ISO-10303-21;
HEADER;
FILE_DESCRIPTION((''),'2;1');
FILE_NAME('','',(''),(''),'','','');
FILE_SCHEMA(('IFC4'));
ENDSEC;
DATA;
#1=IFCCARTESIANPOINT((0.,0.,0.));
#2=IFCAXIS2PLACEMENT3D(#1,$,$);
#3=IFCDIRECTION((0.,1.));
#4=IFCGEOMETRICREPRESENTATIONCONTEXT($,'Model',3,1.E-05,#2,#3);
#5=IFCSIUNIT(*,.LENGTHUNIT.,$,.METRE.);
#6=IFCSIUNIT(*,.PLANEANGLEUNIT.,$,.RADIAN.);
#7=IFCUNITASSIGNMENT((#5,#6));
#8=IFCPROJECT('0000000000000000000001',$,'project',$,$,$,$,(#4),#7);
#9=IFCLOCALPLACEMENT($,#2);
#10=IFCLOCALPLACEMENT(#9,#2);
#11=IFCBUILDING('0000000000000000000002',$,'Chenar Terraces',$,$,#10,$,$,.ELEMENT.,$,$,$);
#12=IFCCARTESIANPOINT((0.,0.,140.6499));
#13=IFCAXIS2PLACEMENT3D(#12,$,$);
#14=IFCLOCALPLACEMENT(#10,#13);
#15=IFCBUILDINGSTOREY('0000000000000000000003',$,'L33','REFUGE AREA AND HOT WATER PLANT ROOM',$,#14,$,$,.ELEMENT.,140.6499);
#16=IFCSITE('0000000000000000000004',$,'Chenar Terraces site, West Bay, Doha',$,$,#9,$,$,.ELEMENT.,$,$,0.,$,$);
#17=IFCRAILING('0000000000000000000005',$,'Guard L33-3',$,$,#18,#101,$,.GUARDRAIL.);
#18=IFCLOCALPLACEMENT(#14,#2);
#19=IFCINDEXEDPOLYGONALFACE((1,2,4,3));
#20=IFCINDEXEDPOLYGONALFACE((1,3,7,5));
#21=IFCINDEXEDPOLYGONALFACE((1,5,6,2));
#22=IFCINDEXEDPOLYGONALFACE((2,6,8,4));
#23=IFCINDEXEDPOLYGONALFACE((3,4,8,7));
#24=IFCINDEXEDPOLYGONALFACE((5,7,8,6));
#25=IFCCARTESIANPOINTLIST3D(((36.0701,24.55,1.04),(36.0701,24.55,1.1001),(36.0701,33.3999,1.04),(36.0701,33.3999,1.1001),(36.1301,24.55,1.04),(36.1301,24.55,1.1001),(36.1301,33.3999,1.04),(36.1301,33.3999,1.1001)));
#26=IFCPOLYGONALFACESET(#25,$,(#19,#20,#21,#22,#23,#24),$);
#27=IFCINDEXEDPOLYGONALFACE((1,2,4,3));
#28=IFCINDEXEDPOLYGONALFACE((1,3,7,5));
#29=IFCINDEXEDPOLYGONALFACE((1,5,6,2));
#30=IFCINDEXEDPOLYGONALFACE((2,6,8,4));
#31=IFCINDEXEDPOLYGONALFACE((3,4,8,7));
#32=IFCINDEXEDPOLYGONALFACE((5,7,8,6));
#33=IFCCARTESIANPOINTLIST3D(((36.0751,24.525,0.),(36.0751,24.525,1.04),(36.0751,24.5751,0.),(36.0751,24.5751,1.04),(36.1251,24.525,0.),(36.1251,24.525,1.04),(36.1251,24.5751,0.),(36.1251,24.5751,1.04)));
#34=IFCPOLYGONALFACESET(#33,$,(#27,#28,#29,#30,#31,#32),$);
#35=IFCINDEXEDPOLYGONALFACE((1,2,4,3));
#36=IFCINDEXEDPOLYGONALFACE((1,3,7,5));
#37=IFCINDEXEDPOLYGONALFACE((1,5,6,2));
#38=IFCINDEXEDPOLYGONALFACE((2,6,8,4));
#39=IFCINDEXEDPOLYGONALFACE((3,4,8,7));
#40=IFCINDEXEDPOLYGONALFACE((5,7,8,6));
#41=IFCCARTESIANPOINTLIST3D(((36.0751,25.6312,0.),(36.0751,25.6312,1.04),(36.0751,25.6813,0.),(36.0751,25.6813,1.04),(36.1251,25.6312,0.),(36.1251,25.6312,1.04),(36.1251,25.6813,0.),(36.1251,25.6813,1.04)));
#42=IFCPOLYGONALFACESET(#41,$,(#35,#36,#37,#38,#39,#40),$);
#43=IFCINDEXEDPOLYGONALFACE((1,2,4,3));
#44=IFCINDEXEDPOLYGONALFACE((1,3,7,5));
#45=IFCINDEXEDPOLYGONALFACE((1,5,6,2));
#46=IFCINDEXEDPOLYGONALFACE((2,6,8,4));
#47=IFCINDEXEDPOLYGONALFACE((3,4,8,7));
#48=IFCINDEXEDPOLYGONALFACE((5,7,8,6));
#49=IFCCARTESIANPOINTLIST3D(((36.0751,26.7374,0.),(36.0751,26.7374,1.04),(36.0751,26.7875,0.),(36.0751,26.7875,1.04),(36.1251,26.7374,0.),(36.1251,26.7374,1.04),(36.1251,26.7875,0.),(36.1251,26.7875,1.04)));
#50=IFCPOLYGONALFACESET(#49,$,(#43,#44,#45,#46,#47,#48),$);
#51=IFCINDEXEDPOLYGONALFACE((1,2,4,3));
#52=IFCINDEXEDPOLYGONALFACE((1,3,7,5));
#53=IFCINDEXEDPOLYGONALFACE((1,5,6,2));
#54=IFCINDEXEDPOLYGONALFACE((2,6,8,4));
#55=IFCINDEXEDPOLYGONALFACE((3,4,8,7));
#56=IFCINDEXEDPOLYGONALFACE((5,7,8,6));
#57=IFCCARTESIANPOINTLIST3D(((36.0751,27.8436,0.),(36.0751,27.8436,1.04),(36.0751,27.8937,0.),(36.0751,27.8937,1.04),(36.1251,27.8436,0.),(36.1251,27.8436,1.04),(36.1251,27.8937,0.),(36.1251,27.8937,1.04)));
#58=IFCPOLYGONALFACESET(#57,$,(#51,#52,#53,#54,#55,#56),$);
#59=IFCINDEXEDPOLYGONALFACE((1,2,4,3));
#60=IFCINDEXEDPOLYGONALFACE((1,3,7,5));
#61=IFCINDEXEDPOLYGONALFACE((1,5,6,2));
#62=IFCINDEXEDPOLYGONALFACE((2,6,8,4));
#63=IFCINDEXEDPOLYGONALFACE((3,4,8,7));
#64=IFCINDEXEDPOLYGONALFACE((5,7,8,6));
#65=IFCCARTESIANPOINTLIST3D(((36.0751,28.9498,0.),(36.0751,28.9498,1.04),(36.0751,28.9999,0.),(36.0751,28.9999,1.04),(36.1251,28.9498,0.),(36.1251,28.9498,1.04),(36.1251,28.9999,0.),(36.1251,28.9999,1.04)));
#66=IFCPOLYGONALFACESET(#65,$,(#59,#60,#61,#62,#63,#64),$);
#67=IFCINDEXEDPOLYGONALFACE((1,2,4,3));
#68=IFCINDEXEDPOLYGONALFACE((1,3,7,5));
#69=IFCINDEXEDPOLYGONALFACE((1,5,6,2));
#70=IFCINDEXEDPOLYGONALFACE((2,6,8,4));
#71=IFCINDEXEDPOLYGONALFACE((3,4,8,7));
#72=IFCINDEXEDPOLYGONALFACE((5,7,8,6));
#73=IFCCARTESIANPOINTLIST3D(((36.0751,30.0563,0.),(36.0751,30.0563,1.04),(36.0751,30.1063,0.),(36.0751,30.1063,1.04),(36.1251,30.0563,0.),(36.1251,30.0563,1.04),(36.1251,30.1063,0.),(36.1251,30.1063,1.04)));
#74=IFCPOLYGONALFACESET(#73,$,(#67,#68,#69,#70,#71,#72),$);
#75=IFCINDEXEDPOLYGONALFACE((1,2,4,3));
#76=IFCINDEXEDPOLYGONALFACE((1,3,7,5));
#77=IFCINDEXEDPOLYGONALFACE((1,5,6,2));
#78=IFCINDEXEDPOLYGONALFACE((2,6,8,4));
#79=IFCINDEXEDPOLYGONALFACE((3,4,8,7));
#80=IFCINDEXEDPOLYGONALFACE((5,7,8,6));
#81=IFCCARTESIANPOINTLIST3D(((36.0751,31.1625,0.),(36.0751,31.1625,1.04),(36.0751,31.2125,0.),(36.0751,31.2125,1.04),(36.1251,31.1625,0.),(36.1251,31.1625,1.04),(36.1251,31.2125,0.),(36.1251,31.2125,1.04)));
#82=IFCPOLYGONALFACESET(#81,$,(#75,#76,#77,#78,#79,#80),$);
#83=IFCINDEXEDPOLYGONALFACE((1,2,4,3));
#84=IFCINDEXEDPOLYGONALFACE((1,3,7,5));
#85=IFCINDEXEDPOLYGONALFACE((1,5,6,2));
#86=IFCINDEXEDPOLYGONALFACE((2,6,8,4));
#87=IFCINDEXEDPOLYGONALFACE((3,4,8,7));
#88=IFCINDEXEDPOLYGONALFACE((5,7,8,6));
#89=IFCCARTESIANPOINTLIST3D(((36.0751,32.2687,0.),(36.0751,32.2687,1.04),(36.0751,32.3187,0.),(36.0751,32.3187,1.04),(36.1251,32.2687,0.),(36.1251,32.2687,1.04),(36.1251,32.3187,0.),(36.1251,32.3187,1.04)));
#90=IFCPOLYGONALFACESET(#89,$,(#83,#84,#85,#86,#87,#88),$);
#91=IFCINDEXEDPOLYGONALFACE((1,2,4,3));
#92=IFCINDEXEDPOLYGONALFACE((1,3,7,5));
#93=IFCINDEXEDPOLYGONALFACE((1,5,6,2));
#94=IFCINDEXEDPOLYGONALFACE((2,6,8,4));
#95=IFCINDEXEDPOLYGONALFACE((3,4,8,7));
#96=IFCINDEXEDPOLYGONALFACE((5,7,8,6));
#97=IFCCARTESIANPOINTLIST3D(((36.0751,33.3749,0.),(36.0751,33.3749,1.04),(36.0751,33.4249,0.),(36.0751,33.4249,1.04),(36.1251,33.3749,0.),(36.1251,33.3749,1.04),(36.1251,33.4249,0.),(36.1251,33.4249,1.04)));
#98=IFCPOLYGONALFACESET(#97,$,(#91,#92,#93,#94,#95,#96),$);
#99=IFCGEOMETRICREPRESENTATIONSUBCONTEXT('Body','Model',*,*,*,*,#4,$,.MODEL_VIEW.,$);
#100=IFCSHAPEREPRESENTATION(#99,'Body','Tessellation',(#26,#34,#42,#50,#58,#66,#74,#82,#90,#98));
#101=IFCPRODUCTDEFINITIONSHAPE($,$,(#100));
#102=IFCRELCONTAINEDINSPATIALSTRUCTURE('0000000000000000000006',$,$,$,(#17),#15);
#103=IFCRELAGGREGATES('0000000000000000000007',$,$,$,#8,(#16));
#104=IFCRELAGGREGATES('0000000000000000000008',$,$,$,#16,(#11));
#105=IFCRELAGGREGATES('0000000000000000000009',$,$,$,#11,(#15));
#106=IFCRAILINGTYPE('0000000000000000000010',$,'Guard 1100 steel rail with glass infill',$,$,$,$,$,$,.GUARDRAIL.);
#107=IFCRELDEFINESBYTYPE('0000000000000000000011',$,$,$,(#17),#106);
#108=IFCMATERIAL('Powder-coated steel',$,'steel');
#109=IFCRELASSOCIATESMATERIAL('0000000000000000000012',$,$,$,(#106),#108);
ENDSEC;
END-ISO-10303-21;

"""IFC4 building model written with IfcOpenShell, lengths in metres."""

from ifc_helpers import new_model, si_unit, direction, frame, origin, origin_2d, place, context, subcontext, project, spatial, rectangle, extrude, material, type_object, element, save


model = new_model("IFC4")

# Units and contexts
model_context = context("Model", 3, precision=1e-05, world=origin(), true_north=direction((0.0, 1.0)))
body_context = subcontext(model_context, "Body", "Model", "MODEL_VIEW")
ifc_project = project(units=[si_unit("LENGTHUNIT", "METRE"), si_unit("PLANEANGLEUNIT", "RADIAN")], contexts=[model_context])

# Site, building, storey
site_placement = place(None, origin())
site = spatial("IfcSite", under=ifc_project, at=site_placement, Name="Chenar Terraces site, West Bay, Doha", CompositionType="ELEMENT", RefElevation=0.0)
building_placement = place(site_placement, origin())
building = spatial("IfcBuilding", under=site, at=building_placement, Name="Chenar Terraces", CompositionType="ELEMENT")
storey_placement = place(building_placement, frame((0.0, 0.0, 140.6499)))
storey = spatial("IfcBuildingStorey", under=building, at=storey_placement, Name="L33", Description="REFUGE AREA AND HOT WATER PLANT ROOM", CompositionType="ELEMENT", Elevation=140.6499)

# Railing
ifc_material_1 = material(Name="Powder-coated steel", Category="steel")
railing_type = type_object("IfcRailingType", Name="Guard 1100 steel rail with glass infill", PredefinedType="GUARDRAIL", material=ifc_material_1)
railing_1_placement = place(storey_placement, frame((36.1001, 24.55, 0.0)))
element("IfcRailing", 1, at=railing_1_placement, inside=storey, type_object=railing_type, Name="Guard L33-3", PredefinedType="GUARDRAIL", context=body_context, shape_type="SweptSolid", body=[
    extrude(rectangle(XDim=0.0601, YDim=0.0601, at=origin_2d()), frame((0.0, 0.0, 1.0701), z_axis=(0.0, 1.0, 0.0), x_axis=(-1.0, 0.0, 0.0)), (0.0, 0.0, 1.0), 8.8499),
    extrude(rectangle(XDim=0.05, YDim=0.05, at=origin_2d()), origin(), (0.0, 0.0, 1.0), 1.04),
    extrude(rectangle(XDim=0.05, YDim=0.05, at=origin_2d()), frame((0.0, 1.1062, 0.0)), (0.0, 0.0, 1.0), 1.04),
    extrude(rectangle(XDim=0.05, YDim=0.05, at=origin_2d()), frame((0.0, 2.2124, 0.0)), (0.0, 0.0, 1.0), 1.04),
    extrude(rectangle(XDim=0.05, YDim=0.05, at=origin_2d()), frame((0.0, 3.3186, 0.0)), (0.0, 0.0, 1.0), 1.04),
    extrude(rectangle(XDim=0.05, YDim=0.05, at=origin_2d()), frame((0.0, 4.4248, 0.0)), (0.0, 0.0, 1.0), 1.04),
    extrude(rectangle(XDim=0.05, YDim=0.05, at=origin_2d()), frame((0.0, 5.5312, 0.0)), (0.0, 0.0, 1.0), 1.04),
    extrude(rectangle(XDim=0.05, YDim=0.05, at=origin_2d()), frame((0.0, 6.6375, 0.0)), (0.0, 0.0, 1.0), 1.04),
    extrude(rectangle(XDim=0.05, YDim=0.05, at=origin_2d()), frame((0.0, 7.7437, 0.0)), (0.0, 0.0, 1.0), 1.04),
    extrude(rectangle(XDim=0.05, YDim=0.05, at=origin_2d()), frame((0.0, 8.8499, 0.0)), (0.0, 0.0, 1.0), 1.04),
])

save(model, "model.ifc")
